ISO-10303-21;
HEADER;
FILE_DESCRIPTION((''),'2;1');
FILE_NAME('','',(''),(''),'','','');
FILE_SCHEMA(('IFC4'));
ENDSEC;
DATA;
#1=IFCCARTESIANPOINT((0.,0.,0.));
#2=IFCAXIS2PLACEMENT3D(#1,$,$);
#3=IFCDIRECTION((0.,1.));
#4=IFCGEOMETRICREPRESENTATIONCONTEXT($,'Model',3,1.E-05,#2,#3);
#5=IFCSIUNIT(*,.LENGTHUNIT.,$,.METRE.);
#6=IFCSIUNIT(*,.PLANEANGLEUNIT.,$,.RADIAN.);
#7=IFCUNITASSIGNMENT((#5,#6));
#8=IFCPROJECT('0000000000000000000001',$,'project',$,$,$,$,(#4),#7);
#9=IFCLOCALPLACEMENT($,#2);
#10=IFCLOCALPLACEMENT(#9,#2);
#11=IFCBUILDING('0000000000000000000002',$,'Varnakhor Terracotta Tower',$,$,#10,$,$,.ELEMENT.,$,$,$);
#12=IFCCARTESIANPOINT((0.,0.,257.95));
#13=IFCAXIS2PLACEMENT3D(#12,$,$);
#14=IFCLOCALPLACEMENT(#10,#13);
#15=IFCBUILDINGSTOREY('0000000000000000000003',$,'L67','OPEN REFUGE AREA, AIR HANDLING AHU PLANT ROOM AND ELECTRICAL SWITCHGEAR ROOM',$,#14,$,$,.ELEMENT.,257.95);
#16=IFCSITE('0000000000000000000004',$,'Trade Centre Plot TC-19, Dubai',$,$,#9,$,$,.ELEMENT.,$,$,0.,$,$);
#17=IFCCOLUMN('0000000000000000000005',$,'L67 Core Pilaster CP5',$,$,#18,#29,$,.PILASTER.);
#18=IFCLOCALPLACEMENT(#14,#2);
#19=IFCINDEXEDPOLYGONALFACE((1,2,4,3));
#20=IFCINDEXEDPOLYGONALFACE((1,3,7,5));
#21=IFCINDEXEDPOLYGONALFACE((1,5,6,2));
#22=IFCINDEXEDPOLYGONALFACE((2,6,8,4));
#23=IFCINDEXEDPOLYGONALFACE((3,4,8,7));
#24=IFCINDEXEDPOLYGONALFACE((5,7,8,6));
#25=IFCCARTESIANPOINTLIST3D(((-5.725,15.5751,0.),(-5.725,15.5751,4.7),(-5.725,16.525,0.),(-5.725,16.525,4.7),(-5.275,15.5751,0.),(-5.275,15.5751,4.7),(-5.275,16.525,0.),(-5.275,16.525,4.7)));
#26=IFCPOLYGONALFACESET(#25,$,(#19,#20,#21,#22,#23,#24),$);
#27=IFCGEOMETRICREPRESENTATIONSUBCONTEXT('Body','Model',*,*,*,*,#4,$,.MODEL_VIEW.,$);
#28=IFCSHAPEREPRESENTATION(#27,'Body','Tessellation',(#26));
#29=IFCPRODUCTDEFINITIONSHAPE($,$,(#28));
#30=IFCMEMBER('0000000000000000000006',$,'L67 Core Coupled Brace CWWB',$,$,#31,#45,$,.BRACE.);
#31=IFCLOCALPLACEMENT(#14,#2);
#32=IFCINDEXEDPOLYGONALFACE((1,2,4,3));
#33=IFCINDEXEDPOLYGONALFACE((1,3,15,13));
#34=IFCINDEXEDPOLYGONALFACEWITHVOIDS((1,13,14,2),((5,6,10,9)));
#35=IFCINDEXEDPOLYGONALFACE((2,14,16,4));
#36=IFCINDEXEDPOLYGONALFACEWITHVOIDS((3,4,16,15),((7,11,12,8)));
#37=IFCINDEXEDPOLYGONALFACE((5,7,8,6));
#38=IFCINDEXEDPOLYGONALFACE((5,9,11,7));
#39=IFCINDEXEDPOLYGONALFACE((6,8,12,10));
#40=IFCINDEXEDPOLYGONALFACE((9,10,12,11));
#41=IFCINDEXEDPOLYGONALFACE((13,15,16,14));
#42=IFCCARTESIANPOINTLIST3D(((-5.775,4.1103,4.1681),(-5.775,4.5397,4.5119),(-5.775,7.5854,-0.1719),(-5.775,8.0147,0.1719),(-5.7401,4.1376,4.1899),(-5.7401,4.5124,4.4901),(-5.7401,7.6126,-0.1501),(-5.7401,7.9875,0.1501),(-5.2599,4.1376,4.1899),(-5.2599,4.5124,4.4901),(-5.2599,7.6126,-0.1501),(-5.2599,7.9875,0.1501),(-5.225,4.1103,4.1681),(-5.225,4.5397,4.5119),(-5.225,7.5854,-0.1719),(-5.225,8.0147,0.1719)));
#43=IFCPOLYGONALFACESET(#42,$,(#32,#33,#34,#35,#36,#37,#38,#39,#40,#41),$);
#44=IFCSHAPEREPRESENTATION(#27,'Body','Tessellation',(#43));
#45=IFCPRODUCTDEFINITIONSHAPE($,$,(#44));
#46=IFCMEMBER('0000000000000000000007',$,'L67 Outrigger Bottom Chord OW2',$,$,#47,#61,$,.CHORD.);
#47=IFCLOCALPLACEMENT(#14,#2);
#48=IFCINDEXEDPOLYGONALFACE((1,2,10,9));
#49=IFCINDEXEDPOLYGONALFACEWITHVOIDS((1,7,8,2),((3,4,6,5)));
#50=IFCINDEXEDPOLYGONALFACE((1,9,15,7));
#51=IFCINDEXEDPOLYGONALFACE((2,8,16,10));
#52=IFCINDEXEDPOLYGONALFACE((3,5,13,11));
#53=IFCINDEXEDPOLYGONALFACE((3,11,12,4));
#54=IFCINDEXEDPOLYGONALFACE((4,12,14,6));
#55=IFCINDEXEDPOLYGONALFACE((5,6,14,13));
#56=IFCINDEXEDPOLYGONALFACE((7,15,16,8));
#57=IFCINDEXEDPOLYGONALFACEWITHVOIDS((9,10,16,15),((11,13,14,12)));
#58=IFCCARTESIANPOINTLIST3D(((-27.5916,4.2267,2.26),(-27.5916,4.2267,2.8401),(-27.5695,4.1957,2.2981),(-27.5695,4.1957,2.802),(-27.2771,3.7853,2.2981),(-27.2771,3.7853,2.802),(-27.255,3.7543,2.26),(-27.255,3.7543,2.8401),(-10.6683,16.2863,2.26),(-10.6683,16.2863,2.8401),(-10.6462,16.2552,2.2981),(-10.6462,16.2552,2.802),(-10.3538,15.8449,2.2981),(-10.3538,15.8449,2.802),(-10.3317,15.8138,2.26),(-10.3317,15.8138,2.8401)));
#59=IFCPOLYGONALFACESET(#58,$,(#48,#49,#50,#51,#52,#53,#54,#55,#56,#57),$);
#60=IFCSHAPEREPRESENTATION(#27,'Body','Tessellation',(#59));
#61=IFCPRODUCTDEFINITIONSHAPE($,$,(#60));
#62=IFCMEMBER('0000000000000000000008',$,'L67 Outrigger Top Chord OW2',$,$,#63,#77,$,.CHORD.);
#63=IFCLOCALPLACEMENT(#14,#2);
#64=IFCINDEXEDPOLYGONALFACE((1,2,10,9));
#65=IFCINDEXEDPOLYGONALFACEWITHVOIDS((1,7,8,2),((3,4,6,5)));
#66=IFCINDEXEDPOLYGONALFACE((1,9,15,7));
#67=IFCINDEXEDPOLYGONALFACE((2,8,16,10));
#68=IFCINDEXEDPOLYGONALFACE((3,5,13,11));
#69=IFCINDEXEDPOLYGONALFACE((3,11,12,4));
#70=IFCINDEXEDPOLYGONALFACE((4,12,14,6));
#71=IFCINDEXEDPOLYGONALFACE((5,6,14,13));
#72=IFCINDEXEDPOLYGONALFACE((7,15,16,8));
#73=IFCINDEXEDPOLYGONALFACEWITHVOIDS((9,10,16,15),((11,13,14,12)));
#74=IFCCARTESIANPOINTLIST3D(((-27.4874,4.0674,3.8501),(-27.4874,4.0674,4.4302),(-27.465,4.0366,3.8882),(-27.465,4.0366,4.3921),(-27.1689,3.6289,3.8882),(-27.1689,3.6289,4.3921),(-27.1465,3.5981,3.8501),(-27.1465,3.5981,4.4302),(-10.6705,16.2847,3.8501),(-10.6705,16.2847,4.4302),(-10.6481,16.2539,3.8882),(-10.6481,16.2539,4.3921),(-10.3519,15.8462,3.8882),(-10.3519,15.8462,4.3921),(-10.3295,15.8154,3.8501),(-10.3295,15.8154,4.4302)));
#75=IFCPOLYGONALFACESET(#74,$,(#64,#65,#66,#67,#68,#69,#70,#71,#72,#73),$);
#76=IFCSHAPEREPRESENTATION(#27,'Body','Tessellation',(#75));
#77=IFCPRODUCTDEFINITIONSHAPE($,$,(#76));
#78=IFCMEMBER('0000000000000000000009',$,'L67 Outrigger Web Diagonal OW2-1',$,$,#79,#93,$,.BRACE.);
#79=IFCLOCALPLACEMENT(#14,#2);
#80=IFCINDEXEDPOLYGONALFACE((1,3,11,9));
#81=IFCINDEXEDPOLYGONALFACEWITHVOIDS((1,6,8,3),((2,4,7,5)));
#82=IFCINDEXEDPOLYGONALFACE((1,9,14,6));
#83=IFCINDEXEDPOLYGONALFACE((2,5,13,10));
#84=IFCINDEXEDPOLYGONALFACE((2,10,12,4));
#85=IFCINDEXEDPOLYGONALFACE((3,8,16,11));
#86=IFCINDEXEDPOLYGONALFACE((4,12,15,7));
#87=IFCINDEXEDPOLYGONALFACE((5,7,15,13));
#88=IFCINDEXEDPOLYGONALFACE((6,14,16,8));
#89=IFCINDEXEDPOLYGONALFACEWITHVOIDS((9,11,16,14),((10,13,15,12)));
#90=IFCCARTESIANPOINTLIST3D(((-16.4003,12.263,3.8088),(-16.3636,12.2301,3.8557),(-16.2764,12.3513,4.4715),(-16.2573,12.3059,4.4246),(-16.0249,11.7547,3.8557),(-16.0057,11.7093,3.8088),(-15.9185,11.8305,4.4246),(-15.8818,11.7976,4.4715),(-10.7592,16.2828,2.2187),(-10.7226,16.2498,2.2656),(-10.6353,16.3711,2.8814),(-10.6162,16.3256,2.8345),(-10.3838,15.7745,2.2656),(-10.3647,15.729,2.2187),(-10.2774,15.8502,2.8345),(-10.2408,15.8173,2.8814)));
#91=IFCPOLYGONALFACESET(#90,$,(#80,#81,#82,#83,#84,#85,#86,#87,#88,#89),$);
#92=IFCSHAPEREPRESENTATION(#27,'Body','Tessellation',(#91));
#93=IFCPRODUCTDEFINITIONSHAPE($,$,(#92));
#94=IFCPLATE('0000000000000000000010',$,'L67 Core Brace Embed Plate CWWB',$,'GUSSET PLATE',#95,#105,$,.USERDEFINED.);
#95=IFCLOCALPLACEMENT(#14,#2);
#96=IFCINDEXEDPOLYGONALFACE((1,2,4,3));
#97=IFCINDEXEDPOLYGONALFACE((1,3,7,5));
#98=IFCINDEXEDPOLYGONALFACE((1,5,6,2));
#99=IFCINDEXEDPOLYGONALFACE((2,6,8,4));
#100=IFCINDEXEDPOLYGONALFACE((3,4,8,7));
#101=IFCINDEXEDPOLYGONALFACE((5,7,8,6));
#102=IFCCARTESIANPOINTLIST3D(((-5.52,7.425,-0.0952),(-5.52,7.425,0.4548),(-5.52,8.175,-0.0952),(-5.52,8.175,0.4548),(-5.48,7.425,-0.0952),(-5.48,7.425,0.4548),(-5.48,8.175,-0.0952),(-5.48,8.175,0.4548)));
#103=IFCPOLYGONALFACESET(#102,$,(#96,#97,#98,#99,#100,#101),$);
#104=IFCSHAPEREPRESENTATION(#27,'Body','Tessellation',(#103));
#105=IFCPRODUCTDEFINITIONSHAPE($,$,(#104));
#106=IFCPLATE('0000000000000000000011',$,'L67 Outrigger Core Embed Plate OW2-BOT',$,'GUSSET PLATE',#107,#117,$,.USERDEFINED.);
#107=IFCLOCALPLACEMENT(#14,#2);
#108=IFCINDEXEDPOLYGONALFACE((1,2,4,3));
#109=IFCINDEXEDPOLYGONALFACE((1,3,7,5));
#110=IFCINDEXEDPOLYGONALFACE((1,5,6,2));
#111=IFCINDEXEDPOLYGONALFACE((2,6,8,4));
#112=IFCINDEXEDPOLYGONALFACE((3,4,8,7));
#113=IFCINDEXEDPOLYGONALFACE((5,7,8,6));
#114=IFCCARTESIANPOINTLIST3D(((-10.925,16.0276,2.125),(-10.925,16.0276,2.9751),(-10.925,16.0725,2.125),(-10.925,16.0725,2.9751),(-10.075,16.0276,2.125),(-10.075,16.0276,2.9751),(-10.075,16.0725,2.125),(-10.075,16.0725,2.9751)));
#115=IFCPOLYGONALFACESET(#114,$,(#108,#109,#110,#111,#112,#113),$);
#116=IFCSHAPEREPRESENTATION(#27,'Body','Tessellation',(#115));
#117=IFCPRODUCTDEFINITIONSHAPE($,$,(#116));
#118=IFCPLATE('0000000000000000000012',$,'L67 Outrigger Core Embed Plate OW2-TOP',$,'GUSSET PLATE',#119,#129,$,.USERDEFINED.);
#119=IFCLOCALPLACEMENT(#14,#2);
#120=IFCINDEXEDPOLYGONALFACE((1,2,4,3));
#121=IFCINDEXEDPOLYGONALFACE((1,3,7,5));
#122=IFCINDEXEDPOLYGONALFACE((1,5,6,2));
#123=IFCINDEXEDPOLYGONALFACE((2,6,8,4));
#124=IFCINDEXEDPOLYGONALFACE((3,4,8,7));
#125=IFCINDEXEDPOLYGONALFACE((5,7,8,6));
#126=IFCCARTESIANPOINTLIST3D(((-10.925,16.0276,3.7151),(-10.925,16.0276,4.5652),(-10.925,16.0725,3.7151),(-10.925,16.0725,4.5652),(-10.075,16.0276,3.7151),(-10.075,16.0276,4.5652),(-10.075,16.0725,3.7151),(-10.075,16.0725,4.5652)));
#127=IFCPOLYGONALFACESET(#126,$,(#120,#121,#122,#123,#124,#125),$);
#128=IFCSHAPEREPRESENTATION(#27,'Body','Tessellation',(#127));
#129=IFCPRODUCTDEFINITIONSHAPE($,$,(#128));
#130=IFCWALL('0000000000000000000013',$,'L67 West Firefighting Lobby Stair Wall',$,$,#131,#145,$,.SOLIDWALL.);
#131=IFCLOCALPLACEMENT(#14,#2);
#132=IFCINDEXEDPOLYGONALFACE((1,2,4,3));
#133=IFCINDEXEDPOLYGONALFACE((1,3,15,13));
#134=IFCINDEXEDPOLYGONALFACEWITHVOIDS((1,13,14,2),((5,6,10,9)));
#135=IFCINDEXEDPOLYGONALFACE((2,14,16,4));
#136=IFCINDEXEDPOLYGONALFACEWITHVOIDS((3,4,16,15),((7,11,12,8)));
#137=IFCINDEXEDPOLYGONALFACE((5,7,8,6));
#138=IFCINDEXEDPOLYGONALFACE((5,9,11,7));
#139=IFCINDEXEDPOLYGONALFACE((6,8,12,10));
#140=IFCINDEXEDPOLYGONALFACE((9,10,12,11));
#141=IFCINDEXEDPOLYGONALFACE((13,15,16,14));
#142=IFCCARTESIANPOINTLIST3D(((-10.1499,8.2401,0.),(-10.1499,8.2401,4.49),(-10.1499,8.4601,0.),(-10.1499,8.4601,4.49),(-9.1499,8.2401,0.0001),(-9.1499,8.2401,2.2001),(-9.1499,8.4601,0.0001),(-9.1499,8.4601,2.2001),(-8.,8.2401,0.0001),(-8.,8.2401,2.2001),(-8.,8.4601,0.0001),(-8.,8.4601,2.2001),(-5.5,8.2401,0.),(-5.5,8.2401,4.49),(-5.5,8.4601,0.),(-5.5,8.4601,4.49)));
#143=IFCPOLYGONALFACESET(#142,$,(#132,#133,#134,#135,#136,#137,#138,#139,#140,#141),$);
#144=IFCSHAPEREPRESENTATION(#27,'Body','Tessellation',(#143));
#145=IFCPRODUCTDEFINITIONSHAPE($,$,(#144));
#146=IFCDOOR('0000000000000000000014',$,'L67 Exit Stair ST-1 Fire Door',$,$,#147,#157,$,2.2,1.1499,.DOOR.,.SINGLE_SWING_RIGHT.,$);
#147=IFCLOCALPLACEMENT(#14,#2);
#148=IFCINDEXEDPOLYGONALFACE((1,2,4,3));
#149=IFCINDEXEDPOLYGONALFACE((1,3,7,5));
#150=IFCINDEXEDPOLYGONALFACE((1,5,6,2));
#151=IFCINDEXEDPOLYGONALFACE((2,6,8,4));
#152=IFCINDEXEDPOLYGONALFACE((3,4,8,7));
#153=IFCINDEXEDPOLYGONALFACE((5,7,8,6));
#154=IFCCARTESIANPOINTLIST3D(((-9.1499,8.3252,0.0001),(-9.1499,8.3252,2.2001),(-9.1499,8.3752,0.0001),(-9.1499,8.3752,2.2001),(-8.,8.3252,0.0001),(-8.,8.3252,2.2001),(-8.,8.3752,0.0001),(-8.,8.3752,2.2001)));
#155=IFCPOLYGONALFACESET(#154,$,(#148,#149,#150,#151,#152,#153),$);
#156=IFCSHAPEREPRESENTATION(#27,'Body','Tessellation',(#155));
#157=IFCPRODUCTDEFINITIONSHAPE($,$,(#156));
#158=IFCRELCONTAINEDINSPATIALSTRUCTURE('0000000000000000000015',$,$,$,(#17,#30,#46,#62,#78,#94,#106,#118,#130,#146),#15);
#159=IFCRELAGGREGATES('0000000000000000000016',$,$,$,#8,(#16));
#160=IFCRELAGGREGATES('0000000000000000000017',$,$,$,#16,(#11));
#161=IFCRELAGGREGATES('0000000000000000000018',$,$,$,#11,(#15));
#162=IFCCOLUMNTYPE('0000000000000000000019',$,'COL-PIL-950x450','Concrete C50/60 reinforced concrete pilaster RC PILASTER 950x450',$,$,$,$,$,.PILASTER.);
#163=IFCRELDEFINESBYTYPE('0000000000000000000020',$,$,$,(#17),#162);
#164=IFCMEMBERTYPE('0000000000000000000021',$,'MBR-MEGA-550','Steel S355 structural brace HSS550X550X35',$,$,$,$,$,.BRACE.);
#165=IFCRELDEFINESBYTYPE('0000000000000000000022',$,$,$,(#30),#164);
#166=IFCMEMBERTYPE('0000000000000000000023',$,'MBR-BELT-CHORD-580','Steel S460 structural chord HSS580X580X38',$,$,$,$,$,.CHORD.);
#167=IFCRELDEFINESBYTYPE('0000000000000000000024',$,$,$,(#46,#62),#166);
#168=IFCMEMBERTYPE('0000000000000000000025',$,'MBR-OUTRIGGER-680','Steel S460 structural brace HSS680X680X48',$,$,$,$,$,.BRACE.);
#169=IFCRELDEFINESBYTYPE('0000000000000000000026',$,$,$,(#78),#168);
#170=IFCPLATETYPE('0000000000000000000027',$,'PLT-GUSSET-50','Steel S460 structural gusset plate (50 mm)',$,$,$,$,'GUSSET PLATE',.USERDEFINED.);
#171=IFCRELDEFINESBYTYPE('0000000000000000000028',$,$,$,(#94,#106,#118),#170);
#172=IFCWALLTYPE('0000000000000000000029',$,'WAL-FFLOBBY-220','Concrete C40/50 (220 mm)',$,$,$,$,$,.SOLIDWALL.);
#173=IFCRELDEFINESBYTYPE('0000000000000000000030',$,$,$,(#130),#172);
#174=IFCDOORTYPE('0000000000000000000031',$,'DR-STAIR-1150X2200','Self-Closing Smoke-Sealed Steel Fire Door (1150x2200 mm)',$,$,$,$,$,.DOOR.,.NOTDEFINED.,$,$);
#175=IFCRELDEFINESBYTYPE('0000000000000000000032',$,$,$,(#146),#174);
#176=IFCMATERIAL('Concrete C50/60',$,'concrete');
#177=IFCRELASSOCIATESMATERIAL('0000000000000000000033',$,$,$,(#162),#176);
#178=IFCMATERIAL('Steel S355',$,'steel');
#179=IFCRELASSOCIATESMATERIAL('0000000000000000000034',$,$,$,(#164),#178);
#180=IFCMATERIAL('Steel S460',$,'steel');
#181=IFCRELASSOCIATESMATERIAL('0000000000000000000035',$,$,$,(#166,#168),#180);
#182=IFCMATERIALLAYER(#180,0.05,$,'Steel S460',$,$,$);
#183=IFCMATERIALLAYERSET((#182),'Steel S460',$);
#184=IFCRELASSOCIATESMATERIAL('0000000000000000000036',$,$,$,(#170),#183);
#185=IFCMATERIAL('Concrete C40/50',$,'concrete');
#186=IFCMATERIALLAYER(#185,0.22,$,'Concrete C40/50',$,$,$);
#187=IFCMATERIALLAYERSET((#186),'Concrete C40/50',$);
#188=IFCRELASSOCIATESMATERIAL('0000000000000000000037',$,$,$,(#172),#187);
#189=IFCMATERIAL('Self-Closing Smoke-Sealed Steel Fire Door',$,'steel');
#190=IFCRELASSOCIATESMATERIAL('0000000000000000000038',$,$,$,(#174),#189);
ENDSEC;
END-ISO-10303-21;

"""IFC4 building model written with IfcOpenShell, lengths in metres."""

from ifc_helpers import new_model, si_unit, direction, frame, frame_2d, origin, origin_2d, place, context, subcontext, project, spatial, rectangle, hollow_rectangle, extrude, source, transform, mapped, material, layer, layer_set, material_profile, profile_set, type_object, type_shapes, element, fill, save


model = new_model("IFC4")

# Units and contexts
model_context = context("Model", 3, precision=1e-05, world=origin(), true_north=direction((0.0, 1.0)))
body_context = subcontext(model_context, "Body", "Model", "MODEL_VIEW")
ifc_project = project(units=[si_unit("LENGTHUNIT", "METRE"), si_unit("PLANEANGLEUNIT", "RADIAN")], contexts=[model_context])

# Site, building, storey
site_placement = place(None, origin())
site = spatial("IfcSite", under=ifc_project, at=site_placement, Name="Trade Centre Plot TC-19, Dubai", CompositionType="ELEMENT", RefElevation=0.0)
building_placement = place(site_placement, origin())
building = spatial("IfcBuilding", under=site, at=building_placement, Name="Varnakhor Terracotta Tower", CompositionType="ELEMENT")
storey_placement = place(building_placement, frame((0.0, 0.0, 257.95)))
storey = spatial("IfcBuildingStorey", under=building, at=storey_placement, Name="L67", Description="OPEN REFUGE AREA, AIR HANDLING AHU PLANT ROOM AND ELECTRICAL SWITCHGEAR ROOM", CompositionType="ELEMENT", Elevation=257.95)

# Column
ifc_material_1 = material(Name="Concrete C50/60", Category="concrete")
ifc_material_profile_1 = material_profile(ifc_material_1, rectangle(XDim=0.45, YDim=0.95, at=origin_2d()), Name="RC PILASTER 950x450")
ifc_profile_set_1 = profile_set([ifc_material_profile_1], Name="Concrete C50/60")
column_type = type_object("IfcColumnType", Name="COL-PIL-950x450", Description="Concrete C50/60 reinforced concrete pilaster RC PILASTER 950x450", PredefinedType="PILASTER", material=ifc_profile_set_1)
shared_shape_1 = source(origin(), body_context, "Body", "SweptSolid", [
    extrude(rectangle(XDim=0.45, YDim=0.95, at=origin_2d()), origin(), (0.0, 0.0, 1.0), 4.7),
])
column_placement = place(storey_placement, frame((-5.5, 16.05, 0.0), z_axis=(0.0, 0.0, 1.0), x_axis=(1.0, 0.0, 0.0)))
element("IfcColumn", 1, at=column_placement, inside=storey, type_object=column_type, Name="L67 Core Pilaster CP5", PredefinedType="PILASTER", context=body_context, shape_type="MappedRepresentation", body=[
    mapped(shared_shape_1, transform((0.0, 0.0, 0.0), scale=1.0)),
])

# Members
ifc_material_2 = material(Name="Steel S355", Category="steel")
ifc_material_profile_2 = material_profile(ifc_material_2, hollow_rectangle(XDim=0.55, YDim=0.55, WallThickness=0.0349, at=origin_2d()), Name="HSS550X550X35")
ifc_profile_set_2 = profile_set([ifc_material_profile_2], Name="Steel S355")
member_type_1 = type_object("IfcMemberType", Name="MBR-MEGA-550", Description="Steel S355 structural brace HSS550X550X35", PredefinedType="BRACE", material=ifc_profile_set_2)
shared_shape_2 = source(origin(), body_context, "Body", "SweptSolid", [
    extrude(hollow_rectangle(XDim=0.55, YDim=0.55, WallThickness=0.0349, at=origin_2d()), origin(), (0.0, 0.0, 1.0), 5.5598),
])
member_1_placement = place(storey_placement, frame((-5.5, 7.8, 0.0), z_axis=(0.0, -0.625027, 0.780603), x_axis=(1.0, 0.0, 0.0)))
element("IfcMember", 2, at=member_1_placement, inside=storey, type_object=member_type_1, Name="L67 Core Coupled Brace CWWB", PredefinedType="BRACE", context=body_context, shape_type="MappedRepresentation", body=[
    mapped(shared_shape_2, transform((0.0, 0.0, 0.0), scale=1.0)),
])
ifc_material_3 = material(Name="Steel S460", Category="steel")
ifc_material_profile_3 = material_profile(ifc_material_3, hollow_rectangle(XDim=0.5801, YDim=0.5801, WallThickness=0.0381, at=origin_2d()), Name="HSS580X580X38")
ifc_profile_set_3 = profile_set([ifc_material_profile_3], Name="Steel S460")
member_type_2 = type_object("IfcMemberType", Name="MBR-BELT-CHORD-580", Description="Steel S460 structural chord HSS580X580X38", PredefinedType="CHORD", material=ifc_profile_set_3)
shared_shape_3 = source(origin(), body_context, "Body", "SweptSolid", [
    extrude(hollow_rectangle(XDim=0.5801, YDim=0.5801, WallThickness=0.0381, at=origin_2d()), origin(), (0.0, 0.0, 1.0), 20.7805),
])
member_2_placement = place(storey_placement, frame((-10.5, 16.05, 2.55), z_axis=(-0.814382, -0.580329, 0.0), x_axis=(0.580329, -0.814382, 0.0)))
element("IfcMember", 3, at=member_2_placement, inside=storey, type_object=member_type_2, Name="L67 Outrigger Bottom Chord OW2", PredefinedType="CHORD", context=body_context, shape_type="MappedRepresentation", body=[
    mapped(shared_shape_3, transform((0.0, 0.0, 0.0), scale=1.0)),
])
shared_shape_4 = source(origin(), body_context, "Body", "SweptSolid", [
    extrude(hollow_rectangle(XDim=0.5801, YDim=0.5801, WallThickness=0.0381, at=origin_2d()), origin(), (0.0, 0.0, 1.0), 20.7864),
])
member_3_placement = place(storey_placement, frame((-10.5, 16.05, 4.1401), z_axis=(-0.809038, -0.587757, 0.0), x_axis=(0.587757, -0.809038, 0.0)))
element("IfcMember", 4, at=member_3_placement, inside=storey, type_object=member_type_2, Name="L67 Outrigger Top Chord OW2", PredefinedType="CHORD", context=body_context, shape_type="MappedRepresentation", body=[
    mapped(shared_shape_4, transform((0.0, 0.0, 0.0), scale=1.0)),
])
ifc_material_profile_4 = material_profile(ifc_material_3, hollow_rectangle(XDim=0.6799, YDim=0.6799, WallThickness=0.0481, at=origin_2d()), Name="HSS680X680X48")
ifc_profile_set_4 = profile_set([ifc_material_profile_4], Name="Steel S460")
member_type_3 = type_object("IfcMemberType", Name="MBR-OUTRIGGER-680", Description="Steel S460 structural brace HSS680X680X48", PredefinedType="BRACE", material=ifc_profile_set_4)
shared_shape_5 = source(origin(), body_context, "Body", "SweptSolid", [
    extrude(hollow_rectangle(XDim=0.6799, YDim=0.6799, WallThickness=0.0481, at=origin_2d()), origin(), (0.0, 0.0, 1.0), 7.1069),
])
member_4_placement = place(storey_placement, frame((-10.5, 16.05, 2.55), z_axis=(-0.793743, -0.56561, 0.223736), x_axis=(0.580321, -0.814388, 0.0)))
element("IfcMember", 5, at=member_4_placement, inside=storey, type_object=member_type_3, Name="L67 Outrigger Web Diagonal OW2-1", PredefinedType="BRACE", context=body_context, shape_type="MappedRepresentation", body=[
    mapped(shared_shape_5, transform((0.0, 0.0, 0.0), scale=1.0)),
])

# Plates
ifc_layer_1 = layer(ifc_material_3, 0.05, Name="Steel S460")
ifc_layer_set_1 = layer_set([ifc_layer_1], Name="Steel S460")
plate_type = type_object("IfcPlateType", Name="PLT-GUSSET-50", Description="Steel S460 structural gusset plate (50 mm)", ElementType="GUSSET PLATE", PredefinedType="USERDEFINED", material=ifc_layer_set_1)
shared_shape_6 = source(origin(), body_context, "Body", "SweptSolid", [
    extrude(rectangle(XDim=0.75, YDim=0.04, at=origin_2d()), origin(), (0.0, 0.0, 1.0), 0.55),
])
type_shapes(plate_type, [shared_shape_6])
plate_placement = place(storey_placement, frame((-5.5, 7.8, -0.0952), z_axis=(0.0, 0.0, 1.0), x_axis=(0.0, 1.0, 0.0)))
element("IfcPlate", 6, at=plate_placement, inside=storey, type_object=plate_type, Name="L67 Core Brace Embed Plate CWWB", ObjectType="GUSSET PLATE", PredefinedType="USERDEFINED", context=body_context, shape_type="MappedRepresentation", body=[
    mapped(shared_shape_6, transform((0.0, 0.0, 0.0), scale=1.0)),
])
shared_shape_7 = source(origin(), body_context, "Body", "SweptSolid", [
    extrude(rectangle(XDim=0.8501, YDim=0.0449, at=origin_2d()), origin(), (0.0, 0.0, 1.0), 0.8501),
])
for number, where, z_axis, x_axis, name in (
    (7, (-10.5, 16.05, 2.125), (0.0, 0.0, 1.0), (1.0, 0.0, 0.0), "L67 Outrigger Core Embed Plate OW2-BOT"),
    (8, (-10.5, 16.05, 3.7151), (0.0, 0.0, 1.0), (1.0, 0.0, 0.0), "L67 Outrigger Core Embed Plate OW2-TOP"),
):
    element("IfcPlate", number, at=place(storey_placement, frame(where, z_axis=z_axis, x_axis=x_axis)), inside=storey, type_object=plate_type, Name=name, ObjectType="GUSSET PLATE", PredefinedType="USERDEFINED", context=body_context, shape_type="MappedRepresentation", body=[
        mapped(shared_shape_7, transform((0.0, 0.0, 0.0), scale=1.0)),
    ])

# Wall, opening, door
ifc_material_4 = material(Name="Concrete C40/50", Category="concrete")
ifc_layer_2 = layer(ifc_material_4, 0.22, Name="Concrete C40/50")
ifc_layer_set_2 = layer_set([ifc_layer_2], Name="Concrete C40/50")
wall_type_1 = type_object("IfcWallType", Name="WAL-FFLOBBY-220", Description="Concrete C40/50 (220 mm)", PredefinedType="SOLIDWALL", material=ifc_layer_set_2)
wall_1_placement = place(storey_placement, frame((-5.5, 8.3501, 0.0), z_axis=(0.0, 0.0, 1.0), x_axis=(-1.0, 0.0, 0.0)))
wall_1 = element("IfcWall", 9, at=wall_1_placement, inside=storey, type_object=wall_type_1, Name="L67 West Firefighting Lobby Stair Wall", PredefinedType="SOLIDWALL", context=body_context, shape_type="SweptSolid", body=[
    extrude(rectangle(XDim=4.6499, YDim=0.22, at=frame_2d((2.325, 0.0))), origin(), (0.0, 0.0, 1.0), 4.49),
])
opening_1_placement = place(wall_1_placement, frame((2.5, 0.0, 0.0)))
opening_1 = element("IfcOpeningElement", 10, at=opening_1_placement, cuts=wall_1, PredefinedType="OPENING", context=body_context, shape_type="SweptSolid", body=[
    extrude(rectangle(XDim=1.1499, YDim=2.2, at=frame_2d((0.575, 1.1001))), frame((0.0, 0.1201, 0.0), z_axis=(0.0, -1.0, 0.0), x_axis=(1.0, 0.0, 0.0)), (0.0, 0.0, 1.0), 0.24),
])
ifc_material_5 = material(Name="Self-Closing Smoke-Sealed Steel Fire Door", Category="steel")
door_type_1 = type_object("IfcDoorType", Name="DR-STAIR-1150X2200", Description="Self-Closing Smoke-Sealed Steel Fire Door (1150x2200 mm)", OperationType="NOTDEFINED", PredefinedType="DOOR", material=ifc_material_5)
shared_shape_8 = source(origin(), body_context, "Body", "SweptSolid", [
    extrude(rectangle(XDim=1.1499, YDim=2.2, at=frame_2d((0.575, 1.1001))), frame((0.0, 0.0249, 0.0), z_axis=(0.0, -1.0, 0.0), x_axis=(1.0, 0.0, 0.0)), (0.0, 0.0, 1.0), 0.05),
])
type_shapes(door_type_1, [shared_shape_8])
door_1_placement = place(opening_1_placement, origin())
door_1 = element("IfcDoor", 11, at=door_1_placement, inside=storey, type_object=door_type_1, Name="L67 Exit Stair ST-1 Fire Door", OperationType="SINGLE_SWING_RIGHT", OverallHeight=2.2, OverallWidth=1.1499, PredefinedType="DOOR", context=body_context, shape_type="MappedRepresentation", body=[
    mapped(shared_shape_8, transform((0.0, 0.0, 0.0), scale=1.0)),
])
fill(opening_1, door_1)

save(model, "model.ifc")
